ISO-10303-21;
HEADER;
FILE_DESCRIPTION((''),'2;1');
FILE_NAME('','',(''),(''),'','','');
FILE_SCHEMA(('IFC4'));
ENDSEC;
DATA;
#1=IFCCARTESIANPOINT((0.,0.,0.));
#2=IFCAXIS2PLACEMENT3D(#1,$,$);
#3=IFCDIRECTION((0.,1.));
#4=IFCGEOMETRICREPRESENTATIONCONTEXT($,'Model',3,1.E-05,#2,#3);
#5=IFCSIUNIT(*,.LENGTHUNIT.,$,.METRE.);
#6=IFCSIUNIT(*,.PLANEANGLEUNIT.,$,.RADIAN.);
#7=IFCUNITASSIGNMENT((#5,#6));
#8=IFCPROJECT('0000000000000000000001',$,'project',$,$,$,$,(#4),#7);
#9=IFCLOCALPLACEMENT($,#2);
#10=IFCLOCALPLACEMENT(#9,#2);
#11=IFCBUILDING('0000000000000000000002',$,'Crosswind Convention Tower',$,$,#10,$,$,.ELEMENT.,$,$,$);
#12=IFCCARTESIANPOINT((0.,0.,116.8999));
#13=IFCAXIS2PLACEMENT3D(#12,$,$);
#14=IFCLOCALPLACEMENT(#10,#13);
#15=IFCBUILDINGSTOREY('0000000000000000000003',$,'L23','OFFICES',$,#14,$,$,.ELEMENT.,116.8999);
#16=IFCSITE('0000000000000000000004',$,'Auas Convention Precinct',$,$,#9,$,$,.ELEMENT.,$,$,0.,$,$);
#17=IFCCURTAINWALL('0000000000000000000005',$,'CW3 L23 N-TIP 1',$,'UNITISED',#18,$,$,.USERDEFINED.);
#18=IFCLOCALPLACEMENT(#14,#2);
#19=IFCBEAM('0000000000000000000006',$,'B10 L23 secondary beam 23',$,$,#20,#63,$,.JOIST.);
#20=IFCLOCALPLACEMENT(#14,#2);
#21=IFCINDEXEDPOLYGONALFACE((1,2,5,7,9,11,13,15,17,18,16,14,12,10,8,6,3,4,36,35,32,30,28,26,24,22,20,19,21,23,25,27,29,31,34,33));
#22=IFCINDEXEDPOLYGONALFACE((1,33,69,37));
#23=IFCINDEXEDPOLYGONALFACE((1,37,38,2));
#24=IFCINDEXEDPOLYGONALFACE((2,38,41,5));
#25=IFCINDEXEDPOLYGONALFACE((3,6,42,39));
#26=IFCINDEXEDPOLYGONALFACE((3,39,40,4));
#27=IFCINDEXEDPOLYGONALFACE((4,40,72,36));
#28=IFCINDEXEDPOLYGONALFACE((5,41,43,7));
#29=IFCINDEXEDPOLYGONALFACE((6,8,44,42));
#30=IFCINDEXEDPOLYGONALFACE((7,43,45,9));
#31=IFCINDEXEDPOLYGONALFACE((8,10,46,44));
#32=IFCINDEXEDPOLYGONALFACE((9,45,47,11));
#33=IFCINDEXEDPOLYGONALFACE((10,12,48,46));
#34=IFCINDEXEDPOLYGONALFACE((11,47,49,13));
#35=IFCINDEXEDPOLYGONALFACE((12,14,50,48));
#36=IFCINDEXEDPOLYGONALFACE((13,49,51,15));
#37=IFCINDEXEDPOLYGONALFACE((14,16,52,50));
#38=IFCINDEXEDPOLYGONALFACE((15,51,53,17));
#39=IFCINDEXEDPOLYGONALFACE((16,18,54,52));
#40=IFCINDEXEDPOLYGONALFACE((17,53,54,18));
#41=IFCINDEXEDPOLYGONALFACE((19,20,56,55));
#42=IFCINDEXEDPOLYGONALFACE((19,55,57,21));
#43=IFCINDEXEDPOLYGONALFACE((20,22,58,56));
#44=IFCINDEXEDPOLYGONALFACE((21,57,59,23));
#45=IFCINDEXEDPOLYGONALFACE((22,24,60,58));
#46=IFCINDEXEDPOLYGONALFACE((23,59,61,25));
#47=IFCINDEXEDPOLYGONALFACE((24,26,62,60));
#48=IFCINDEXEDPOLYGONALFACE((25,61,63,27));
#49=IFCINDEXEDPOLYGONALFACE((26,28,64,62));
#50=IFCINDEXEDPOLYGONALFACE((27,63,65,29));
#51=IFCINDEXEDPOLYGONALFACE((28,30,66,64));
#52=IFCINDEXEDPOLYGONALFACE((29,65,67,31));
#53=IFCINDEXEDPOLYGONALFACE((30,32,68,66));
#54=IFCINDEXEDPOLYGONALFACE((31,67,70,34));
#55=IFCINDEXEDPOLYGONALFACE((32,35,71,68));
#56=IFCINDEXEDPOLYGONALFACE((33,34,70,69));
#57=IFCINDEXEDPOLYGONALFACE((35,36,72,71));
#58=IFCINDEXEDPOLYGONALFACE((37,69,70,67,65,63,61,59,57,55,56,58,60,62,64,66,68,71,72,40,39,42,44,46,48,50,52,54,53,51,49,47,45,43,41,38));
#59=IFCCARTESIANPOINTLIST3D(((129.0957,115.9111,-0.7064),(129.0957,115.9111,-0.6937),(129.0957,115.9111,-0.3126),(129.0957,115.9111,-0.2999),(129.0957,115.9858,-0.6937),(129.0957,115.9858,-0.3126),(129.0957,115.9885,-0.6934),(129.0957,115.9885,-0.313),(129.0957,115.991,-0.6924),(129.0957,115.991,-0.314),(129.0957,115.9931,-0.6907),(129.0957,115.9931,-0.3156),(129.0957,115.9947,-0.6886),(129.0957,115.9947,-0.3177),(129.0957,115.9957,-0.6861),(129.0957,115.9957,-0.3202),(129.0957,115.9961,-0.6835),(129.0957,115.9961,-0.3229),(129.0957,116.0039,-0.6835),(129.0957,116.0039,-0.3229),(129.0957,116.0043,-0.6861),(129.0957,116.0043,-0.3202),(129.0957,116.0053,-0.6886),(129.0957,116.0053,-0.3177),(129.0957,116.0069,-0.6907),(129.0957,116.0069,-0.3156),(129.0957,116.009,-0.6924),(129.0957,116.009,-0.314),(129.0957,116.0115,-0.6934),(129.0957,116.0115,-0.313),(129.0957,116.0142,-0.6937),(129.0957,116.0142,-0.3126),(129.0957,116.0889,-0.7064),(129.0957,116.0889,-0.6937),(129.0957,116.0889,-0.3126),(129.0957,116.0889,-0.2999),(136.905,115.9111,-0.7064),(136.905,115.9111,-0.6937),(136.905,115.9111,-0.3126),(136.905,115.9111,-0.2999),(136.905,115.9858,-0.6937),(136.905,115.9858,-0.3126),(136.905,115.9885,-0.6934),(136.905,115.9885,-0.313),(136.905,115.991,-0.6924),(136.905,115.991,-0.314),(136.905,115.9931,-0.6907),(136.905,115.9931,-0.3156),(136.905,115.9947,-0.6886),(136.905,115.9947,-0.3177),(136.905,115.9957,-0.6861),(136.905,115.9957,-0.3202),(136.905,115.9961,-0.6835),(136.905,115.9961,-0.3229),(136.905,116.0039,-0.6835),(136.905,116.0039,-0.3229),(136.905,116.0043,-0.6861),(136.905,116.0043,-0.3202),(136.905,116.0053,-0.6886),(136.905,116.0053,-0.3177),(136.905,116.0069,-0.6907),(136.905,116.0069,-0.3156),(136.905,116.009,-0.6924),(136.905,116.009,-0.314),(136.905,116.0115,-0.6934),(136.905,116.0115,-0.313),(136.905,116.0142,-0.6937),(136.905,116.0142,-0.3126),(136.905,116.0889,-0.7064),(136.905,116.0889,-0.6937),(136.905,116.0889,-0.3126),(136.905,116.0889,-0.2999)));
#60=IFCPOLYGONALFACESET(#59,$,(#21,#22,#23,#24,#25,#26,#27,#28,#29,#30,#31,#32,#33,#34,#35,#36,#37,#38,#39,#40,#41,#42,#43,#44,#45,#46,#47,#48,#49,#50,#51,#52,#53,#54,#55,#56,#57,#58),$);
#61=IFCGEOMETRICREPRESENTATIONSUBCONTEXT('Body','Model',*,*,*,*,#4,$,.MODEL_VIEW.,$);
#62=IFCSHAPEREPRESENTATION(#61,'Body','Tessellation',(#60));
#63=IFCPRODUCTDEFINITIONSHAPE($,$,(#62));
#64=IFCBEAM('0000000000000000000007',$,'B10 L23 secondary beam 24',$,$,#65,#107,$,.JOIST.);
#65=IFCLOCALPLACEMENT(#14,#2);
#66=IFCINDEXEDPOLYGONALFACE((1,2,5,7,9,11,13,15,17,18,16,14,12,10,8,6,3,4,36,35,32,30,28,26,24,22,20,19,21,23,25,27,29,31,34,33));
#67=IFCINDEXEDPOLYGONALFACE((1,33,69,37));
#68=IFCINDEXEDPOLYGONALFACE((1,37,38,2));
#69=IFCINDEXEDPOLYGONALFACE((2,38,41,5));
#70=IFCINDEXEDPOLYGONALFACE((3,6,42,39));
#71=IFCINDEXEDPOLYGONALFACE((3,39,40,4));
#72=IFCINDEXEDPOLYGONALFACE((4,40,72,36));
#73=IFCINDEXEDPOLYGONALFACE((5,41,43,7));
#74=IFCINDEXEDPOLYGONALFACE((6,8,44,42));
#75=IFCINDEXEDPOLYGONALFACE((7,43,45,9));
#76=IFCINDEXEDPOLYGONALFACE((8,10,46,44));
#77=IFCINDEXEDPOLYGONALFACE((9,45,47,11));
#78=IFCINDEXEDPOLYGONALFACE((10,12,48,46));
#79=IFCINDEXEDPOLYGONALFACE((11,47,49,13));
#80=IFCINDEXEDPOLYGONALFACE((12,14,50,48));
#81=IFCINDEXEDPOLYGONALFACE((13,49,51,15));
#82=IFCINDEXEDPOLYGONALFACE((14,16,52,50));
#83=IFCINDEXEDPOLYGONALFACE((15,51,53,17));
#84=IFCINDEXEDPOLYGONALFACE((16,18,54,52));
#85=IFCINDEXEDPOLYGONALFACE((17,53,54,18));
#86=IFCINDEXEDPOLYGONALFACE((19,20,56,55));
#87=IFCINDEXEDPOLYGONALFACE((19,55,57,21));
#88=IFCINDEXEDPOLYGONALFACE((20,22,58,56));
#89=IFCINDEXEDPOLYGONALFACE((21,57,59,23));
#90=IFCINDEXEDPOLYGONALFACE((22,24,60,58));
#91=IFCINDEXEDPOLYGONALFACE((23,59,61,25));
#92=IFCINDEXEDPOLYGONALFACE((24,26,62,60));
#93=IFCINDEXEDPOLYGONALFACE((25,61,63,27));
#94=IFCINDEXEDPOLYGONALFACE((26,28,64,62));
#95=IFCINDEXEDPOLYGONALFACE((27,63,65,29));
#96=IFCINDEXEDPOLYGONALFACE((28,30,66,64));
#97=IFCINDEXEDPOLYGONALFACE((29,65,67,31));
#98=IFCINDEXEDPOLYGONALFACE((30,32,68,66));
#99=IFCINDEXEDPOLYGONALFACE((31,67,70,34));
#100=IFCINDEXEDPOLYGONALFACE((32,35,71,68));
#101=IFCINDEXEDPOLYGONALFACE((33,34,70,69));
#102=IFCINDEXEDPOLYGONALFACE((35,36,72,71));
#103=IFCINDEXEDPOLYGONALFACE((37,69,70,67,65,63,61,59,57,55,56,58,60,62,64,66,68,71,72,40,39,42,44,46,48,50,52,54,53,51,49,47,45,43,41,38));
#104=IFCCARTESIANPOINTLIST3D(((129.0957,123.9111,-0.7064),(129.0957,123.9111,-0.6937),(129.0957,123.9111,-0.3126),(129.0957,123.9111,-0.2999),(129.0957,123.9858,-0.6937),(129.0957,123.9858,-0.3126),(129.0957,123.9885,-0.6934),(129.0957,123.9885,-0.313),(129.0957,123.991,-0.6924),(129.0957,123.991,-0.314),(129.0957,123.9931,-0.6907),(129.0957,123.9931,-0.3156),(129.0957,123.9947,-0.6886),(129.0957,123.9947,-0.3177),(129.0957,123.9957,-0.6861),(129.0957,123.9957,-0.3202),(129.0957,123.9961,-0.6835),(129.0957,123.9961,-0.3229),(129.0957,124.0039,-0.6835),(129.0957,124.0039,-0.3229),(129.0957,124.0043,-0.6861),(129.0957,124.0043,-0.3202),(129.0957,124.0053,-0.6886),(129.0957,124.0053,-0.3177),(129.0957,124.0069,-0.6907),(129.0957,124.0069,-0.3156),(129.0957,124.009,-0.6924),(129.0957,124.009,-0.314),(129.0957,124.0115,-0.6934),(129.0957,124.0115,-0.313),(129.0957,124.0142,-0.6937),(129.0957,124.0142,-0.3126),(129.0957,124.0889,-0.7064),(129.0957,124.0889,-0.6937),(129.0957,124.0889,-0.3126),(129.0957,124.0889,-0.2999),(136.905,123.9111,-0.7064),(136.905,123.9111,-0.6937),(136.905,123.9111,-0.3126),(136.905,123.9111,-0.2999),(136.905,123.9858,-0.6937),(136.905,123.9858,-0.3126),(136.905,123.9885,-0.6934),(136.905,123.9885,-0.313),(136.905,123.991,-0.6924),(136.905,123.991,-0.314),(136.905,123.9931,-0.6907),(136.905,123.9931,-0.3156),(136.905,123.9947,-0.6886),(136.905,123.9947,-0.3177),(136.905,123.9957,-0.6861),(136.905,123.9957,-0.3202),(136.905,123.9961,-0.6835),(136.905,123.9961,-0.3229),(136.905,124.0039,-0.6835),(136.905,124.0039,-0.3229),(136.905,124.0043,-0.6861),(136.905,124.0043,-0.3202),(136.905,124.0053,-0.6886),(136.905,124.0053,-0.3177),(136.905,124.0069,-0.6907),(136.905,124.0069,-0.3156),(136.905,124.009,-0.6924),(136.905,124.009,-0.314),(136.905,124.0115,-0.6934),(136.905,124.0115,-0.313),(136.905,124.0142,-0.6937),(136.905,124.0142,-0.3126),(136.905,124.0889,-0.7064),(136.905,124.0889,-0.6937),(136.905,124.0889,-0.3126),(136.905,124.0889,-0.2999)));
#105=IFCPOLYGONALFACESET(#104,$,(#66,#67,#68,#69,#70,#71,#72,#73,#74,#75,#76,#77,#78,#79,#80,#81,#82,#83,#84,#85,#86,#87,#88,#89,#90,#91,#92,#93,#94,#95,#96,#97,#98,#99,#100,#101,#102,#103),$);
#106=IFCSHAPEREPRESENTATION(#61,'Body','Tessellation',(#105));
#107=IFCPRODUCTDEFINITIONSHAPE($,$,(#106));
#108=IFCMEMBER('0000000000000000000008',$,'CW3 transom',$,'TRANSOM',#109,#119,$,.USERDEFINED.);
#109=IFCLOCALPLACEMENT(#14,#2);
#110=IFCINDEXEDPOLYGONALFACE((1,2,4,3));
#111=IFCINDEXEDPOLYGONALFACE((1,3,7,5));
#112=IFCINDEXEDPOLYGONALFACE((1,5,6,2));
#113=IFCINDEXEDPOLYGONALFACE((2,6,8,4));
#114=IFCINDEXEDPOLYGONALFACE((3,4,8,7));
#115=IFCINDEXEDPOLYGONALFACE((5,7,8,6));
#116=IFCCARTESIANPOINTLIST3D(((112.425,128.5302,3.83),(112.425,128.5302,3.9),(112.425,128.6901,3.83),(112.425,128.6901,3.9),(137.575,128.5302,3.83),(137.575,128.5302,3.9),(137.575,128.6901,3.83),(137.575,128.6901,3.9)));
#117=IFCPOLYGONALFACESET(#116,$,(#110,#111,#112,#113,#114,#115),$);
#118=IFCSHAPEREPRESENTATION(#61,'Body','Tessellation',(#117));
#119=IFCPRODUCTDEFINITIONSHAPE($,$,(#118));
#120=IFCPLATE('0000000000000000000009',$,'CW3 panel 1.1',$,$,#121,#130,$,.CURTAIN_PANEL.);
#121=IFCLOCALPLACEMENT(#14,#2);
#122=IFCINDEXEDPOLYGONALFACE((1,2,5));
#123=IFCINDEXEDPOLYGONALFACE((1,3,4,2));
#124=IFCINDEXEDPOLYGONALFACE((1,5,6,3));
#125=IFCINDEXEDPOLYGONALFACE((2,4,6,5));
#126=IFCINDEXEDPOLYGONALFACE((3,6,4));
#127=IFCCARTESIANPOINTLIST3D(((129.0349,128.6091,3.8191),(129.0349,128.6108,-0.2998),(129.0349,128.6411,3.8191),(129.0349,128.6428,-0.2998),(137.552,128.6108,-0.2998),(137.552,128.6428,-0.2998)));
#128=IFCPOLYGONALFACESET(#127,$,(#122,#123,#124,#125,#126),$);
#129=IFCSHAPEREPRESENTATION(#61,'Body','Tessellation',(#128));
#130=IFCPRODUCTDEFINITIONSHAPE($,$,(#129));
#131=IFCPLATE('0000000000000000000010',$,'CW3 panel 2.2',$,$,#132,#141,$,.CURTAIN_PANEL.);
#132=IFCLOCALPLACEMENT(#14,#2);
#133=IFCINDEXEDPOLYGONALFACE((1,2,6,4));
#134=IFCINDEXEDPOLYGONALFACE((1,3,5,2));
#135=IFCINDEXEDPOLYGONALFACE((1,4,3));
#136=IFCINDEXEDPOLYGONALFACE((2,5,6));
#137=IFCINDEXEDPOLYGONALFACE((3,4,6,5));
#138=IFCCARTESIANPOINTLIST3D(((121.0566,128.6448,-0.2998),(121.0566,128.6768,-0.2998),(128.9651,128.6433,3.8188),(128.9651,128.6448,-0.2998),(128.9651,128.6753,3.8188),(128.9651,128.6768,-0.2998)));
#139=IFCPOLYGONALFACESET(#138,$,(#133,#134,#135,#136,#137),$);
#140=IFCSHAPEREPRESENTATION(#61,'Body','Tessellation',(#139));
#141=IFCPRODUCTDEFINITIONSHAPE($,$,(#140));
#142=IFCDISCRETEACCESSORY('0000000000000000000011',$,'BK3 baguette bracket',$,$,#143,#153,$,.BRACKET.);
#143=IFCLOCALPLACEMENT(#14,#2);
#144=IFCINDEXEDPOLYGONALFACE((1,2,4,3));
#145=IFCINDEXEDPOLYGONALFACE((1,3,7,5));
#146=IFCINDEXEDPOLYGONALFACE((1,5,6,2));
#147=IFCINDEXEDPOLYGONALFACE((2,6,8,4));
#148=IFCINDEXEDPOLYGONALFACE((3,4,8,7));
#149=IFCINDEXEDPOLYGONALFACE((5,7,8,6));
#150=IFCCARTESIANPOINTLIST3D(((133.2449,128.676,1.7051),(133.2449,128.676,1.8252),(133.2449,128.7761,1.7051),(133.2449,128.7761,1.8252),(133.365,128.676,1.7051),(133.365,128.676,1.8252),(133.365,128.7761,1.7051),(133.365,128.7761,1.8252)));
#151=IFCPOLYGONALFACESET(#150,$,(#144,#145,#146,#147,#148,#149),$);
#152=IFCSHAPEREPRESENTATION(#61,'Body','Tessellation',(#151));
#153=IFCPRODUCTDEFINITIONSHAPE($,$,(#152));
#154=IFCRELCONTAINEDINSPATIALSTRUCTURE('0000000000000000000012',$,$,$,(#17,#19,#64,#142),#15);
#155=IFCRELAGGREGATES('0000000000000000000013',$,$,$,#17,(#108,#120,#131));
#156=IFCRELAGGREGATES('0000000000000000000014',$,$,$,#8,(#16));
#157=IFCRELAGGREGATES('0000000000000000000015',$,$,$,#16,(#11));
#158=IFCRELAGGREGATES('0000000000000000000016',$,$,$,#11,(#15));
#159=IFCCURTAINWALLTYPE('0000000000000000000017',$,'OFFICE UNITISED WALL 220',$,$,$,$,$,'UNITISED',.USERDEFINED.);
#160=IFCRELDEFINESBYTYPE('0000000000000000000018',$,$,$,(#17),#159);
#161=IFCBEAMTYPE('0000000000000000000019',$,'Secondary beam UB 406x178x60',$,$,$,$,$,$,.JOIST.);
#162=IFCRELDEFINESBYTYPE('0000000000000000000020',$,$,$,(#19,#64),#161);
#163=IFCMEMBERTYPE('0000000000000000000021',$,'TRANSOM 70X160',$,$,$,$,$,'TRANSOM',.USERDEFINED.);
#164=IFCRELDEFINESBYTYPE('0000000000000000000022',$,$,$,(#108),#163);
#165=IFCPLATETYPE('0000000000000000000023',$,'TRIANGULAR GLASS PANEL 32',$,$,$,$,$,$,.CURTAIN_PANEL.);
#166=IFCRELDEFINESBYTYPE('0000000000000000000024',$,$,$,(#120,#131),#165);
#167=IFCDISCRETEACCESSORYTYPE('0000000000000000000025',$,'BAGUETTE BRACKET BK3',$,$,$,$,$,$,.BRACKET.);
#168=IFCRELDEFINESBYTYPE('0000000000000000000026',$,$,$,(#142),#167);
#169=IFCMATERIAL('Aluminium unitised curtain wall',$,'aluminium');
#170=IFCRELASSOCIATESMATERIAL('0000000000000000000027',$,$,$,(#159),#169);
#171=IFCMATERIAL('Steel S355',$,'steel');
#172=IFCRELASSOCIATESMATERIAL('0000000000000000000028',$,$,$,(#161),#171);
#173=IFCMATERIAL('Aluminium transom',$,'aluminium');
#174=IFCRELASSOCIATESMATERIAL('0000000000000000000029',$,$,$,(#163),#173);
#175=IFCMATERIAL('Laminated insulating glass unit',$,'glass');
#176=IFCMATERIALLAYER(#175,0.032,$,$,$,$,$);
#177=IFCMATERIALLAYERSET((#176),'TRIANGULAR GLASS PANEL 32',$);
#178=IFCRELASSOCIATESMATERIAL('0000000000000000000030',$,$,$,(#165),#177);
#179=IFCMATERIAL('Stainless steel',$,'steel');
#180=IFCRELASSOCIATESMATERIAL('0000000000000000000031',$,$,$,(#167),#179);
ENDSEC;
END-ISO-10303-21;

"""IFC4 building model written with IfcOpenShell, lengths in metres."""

from ifc_helpers import new_model, si_unit, direction, frame, origin, origin_2d, place, context, subcontext, project, spatial, polyline, rectangle, i_section, outline, extrude, material, layer, layer_set, material_profile, profile_set, type_object, element, aggregate, save


model = new_model("IFC4")

# Units and contexts
model_context = context("Model", 3, precision=1e-05, world=origin(), true_north=direction((0.0, 1.0)))
body_context = subcontext(model_context, "Body", "Model", "MODEL_VIEW")
ifc_project = project(units=[si_unit("LENGTHUNIT", "METRE"), si_unit("PLANEANGLEUNIT", "RADIAN")], contexts=[model_context])

# Site, building, storey
site_placement = place(None, origin())
site = spatial("IfcSite", under=ifc_project, at=site_placement, Name="Auas Convention Precinct", CompositionType="ELEMENT", RefElevation=0.0)
building_placement = place(site_placement, origin())
building = spatial("IfcBuilding", under=site, at=building_placement, Name="Crosswind Convention Tower", CompositionType="ELEMENT")
storey_placement = place(building_placement, frame((0.0, 0.0, 116.8999)))
storey = spatial("IfcBuildingStorey", under=building, at=storey_placement, Name="L23", Description="OFFICES", CompositionType="ELEMENT", Elevation=116.8999)

# Shared definitions
ifc_material_1 = material(Name="Steel S355", Category="steel")

# Curtain wall
ifc_material_2 = material(Name="Aluminium unitised curtain wall", Category="aluminium")
curtain_wall_type = type_object("IfcCurtainWallType", Name="OFFICE UNITISED WALL 220", ElementType="UNITISED", PredefinedType="USERDEFINED", material=ifc_material_2)
curtain_wall_placement = place(storey_placement, origin())
curtain_wall = element("IfcCurtainWall", 1, at=curtain_wall_placement, inside=storey, type_object=curtain_wall_type, Name="CW3 L23 N-TIP 1", ObjectType="UNITISED", PredefinedType="USERDEFINED")

# Beams
ifc_material_profile_1 = material_profile(ifc_material_1, i_section(OverallWidth=0.1777, OverallDepth=0.4065, WebThickness=0.0078, FlangeThickness=0.0127, FilletRadius=0.0103, at=origin_2d()), Name="UB 406x178x60")
ifc_profile_set_1 = profile_set([ifc_material_profile_1], Name="Steel S355")
beam_type_1 = type_object("IfcBeamType", Name="Secondary beam UB 406x178x60", PredefinedType="JOIST", material=ifc_profile_set_1)
for number, where, z_axis, x_axis, name in (
    (2, (129.0957, 116.0, -0.5032), (1.0, 0.0, 0.0), (0.0, 1.0, 0.0), "B10 L23 secondary beam 23"),
    (3, (129.0957, 124.0, -0.5032), (1.0, 0.0, 0.0), (0.0, 1.0, 0.0), "B10 L23 secondary beam 24"),
):
    element("IfcBeam", number, at=place(storey_placement, frame(where, z_axis=z_axis, x_axis=x_axis)), inside=storey, type_object=beam_type_1, Name=name, PredefinedType="JOIST", context=body_context, shape_type="SweptSolid", body=[
        extrude(i_section(OverallWidth=0.1777, OverallDepth=0.4065, WebThickness=0.0078, FlangeThickness=0.0127, FilletRadius=0.0103, at=origin_2d()), origin(), (0.0, 0.0, 1.0), 7.8093),
    ])

# Member
ifc_material_3 = material(Name="Aluminium transom", Category="aluminium")
ifc_material_profile_2 = material_profile(ifc_material_3, rectangle(XDim=0.1599, YDim=0.0701, at=origin_2d()), Name="AL 160X70")
ifc_profile_set_2 = profile_set([ifc_material_profile_2], Name="Aluminium transom")
member_type_1 = type_object("IfcMemberType", Name="TRANSOM 70X160", ElementType="TRANSOM", PredefinedType="USERDEFINED", material=ifc_profile_set_2)
member_1_placement = place(storey_placement, frame((137.575, 128.6101, 3.865), z_axis=(-1.0, 0.0, 0.0), x_axis=(0.0, -1.0, 0.0)))
member_1 = element("IfcMember", 4, at=member_1_placement, type_object=member_type_1, Name="CW3 transom", ObjectType="TRANSOM", PredefinedType="USERDEFINED", context=body_context, shape_type="SweptSolid", body=[
    extrude(rectangle(XDim=0.1599, YDim=0.0701, at=origin_2d()), origin(), (0.0, 0.0, 1.0), 25.1499),
])

# Plates
ifc_material_4 = material(Name="Laminated insulating glass unit", Category="glass")
ifc_layer = layer(ifc_material_4, 0.032)
ifc_layer_set = layer_set([ifc_layer], Name="TRIANGULAR GLASS PANEL 32")
plate_type = type_object("IfcPlateType", Name="TRIANGULAR GLASS PANEL 32", PredefinedType="CURTAIN_PANEL", material=ifc_layer_set)
plate_1_placement = place(storey_placement, frame((129.0349, 128.6428, -0.2998), z_axis=(0.0, 1.0, 0.000415), x_axis=(0.0, -0.000415, 1.0)))
plate_1 = element("IfcPlate", 5, at=plate_1_placement, type_object=plate_type, Name="CW3 panel 1.1", PredefinedType="CURTAIN_PANEL", context=body_context, shape_type="SweptSolid", body=[
    extrude(outline(polyline([(0.0, 0.0), (4.1189, 0.0), (0.0, 8.5171), (0.0, 0.0)])), origin(), (0.0, 0.0, -1.0), 0.032),
])
plate_2_placement = place(storey_placement, frame((128.9651, 128.6768, -0.2998), z_axis=(0.0, 1.0, 0.000356), x_axis=(-1.0, 0.0, 0.0)))
plate_2 = element("IfcPlate", 6, at=plate_2_placement, type_object=plate_type, Name="CW3 panel 2.2", PredefinedType="CURTAIN_PANEL", context=body_context, shape_type="SweptSolid", body=[
    extrude(outline(polyline([(0.0, 0.0), (7.9084, 0.0), (0.0, 4.1187), (0.0, 0.0)])), origin(), (0.0, 0.0, -1.0), 0.032),
])
aggregate(curtain_wall, [member_1, plate_1, plate_2])

# Discrete accessory
ifc_material_5 = material(Name="Stainless steel", Category="steel")
discrete_accessory_type = type_object("IfcDiscreteAccessoryType", Name="BAGUETTE BRACKET BK3", PredefinedType="BRACKET", material=ifc_material_5)
discrete_accessory_placement = place(storey_placement, frame((133.3049, 128.7261, 1.7051), z_axis=(0.0, 0.0, 1.0), x_axis=(-1.0, 0.0, 0.0)))
element("IfcDiscreteAccessory", 7, at=discrete_accessory_placement, inside=storey, type_object=discrete_accessory_type, Name="BK3 baguette bracket", PredefinedType="BRACKET", context=body_context, shape_type="SweptSolid", body=[
    extrude(rectangle(XDim=0.1201, YDim=0.1001, at=origin_2d()), origin(), (0.0, 0.0, 1.0), 0.1201),
])

save(model, "model.ifc")
